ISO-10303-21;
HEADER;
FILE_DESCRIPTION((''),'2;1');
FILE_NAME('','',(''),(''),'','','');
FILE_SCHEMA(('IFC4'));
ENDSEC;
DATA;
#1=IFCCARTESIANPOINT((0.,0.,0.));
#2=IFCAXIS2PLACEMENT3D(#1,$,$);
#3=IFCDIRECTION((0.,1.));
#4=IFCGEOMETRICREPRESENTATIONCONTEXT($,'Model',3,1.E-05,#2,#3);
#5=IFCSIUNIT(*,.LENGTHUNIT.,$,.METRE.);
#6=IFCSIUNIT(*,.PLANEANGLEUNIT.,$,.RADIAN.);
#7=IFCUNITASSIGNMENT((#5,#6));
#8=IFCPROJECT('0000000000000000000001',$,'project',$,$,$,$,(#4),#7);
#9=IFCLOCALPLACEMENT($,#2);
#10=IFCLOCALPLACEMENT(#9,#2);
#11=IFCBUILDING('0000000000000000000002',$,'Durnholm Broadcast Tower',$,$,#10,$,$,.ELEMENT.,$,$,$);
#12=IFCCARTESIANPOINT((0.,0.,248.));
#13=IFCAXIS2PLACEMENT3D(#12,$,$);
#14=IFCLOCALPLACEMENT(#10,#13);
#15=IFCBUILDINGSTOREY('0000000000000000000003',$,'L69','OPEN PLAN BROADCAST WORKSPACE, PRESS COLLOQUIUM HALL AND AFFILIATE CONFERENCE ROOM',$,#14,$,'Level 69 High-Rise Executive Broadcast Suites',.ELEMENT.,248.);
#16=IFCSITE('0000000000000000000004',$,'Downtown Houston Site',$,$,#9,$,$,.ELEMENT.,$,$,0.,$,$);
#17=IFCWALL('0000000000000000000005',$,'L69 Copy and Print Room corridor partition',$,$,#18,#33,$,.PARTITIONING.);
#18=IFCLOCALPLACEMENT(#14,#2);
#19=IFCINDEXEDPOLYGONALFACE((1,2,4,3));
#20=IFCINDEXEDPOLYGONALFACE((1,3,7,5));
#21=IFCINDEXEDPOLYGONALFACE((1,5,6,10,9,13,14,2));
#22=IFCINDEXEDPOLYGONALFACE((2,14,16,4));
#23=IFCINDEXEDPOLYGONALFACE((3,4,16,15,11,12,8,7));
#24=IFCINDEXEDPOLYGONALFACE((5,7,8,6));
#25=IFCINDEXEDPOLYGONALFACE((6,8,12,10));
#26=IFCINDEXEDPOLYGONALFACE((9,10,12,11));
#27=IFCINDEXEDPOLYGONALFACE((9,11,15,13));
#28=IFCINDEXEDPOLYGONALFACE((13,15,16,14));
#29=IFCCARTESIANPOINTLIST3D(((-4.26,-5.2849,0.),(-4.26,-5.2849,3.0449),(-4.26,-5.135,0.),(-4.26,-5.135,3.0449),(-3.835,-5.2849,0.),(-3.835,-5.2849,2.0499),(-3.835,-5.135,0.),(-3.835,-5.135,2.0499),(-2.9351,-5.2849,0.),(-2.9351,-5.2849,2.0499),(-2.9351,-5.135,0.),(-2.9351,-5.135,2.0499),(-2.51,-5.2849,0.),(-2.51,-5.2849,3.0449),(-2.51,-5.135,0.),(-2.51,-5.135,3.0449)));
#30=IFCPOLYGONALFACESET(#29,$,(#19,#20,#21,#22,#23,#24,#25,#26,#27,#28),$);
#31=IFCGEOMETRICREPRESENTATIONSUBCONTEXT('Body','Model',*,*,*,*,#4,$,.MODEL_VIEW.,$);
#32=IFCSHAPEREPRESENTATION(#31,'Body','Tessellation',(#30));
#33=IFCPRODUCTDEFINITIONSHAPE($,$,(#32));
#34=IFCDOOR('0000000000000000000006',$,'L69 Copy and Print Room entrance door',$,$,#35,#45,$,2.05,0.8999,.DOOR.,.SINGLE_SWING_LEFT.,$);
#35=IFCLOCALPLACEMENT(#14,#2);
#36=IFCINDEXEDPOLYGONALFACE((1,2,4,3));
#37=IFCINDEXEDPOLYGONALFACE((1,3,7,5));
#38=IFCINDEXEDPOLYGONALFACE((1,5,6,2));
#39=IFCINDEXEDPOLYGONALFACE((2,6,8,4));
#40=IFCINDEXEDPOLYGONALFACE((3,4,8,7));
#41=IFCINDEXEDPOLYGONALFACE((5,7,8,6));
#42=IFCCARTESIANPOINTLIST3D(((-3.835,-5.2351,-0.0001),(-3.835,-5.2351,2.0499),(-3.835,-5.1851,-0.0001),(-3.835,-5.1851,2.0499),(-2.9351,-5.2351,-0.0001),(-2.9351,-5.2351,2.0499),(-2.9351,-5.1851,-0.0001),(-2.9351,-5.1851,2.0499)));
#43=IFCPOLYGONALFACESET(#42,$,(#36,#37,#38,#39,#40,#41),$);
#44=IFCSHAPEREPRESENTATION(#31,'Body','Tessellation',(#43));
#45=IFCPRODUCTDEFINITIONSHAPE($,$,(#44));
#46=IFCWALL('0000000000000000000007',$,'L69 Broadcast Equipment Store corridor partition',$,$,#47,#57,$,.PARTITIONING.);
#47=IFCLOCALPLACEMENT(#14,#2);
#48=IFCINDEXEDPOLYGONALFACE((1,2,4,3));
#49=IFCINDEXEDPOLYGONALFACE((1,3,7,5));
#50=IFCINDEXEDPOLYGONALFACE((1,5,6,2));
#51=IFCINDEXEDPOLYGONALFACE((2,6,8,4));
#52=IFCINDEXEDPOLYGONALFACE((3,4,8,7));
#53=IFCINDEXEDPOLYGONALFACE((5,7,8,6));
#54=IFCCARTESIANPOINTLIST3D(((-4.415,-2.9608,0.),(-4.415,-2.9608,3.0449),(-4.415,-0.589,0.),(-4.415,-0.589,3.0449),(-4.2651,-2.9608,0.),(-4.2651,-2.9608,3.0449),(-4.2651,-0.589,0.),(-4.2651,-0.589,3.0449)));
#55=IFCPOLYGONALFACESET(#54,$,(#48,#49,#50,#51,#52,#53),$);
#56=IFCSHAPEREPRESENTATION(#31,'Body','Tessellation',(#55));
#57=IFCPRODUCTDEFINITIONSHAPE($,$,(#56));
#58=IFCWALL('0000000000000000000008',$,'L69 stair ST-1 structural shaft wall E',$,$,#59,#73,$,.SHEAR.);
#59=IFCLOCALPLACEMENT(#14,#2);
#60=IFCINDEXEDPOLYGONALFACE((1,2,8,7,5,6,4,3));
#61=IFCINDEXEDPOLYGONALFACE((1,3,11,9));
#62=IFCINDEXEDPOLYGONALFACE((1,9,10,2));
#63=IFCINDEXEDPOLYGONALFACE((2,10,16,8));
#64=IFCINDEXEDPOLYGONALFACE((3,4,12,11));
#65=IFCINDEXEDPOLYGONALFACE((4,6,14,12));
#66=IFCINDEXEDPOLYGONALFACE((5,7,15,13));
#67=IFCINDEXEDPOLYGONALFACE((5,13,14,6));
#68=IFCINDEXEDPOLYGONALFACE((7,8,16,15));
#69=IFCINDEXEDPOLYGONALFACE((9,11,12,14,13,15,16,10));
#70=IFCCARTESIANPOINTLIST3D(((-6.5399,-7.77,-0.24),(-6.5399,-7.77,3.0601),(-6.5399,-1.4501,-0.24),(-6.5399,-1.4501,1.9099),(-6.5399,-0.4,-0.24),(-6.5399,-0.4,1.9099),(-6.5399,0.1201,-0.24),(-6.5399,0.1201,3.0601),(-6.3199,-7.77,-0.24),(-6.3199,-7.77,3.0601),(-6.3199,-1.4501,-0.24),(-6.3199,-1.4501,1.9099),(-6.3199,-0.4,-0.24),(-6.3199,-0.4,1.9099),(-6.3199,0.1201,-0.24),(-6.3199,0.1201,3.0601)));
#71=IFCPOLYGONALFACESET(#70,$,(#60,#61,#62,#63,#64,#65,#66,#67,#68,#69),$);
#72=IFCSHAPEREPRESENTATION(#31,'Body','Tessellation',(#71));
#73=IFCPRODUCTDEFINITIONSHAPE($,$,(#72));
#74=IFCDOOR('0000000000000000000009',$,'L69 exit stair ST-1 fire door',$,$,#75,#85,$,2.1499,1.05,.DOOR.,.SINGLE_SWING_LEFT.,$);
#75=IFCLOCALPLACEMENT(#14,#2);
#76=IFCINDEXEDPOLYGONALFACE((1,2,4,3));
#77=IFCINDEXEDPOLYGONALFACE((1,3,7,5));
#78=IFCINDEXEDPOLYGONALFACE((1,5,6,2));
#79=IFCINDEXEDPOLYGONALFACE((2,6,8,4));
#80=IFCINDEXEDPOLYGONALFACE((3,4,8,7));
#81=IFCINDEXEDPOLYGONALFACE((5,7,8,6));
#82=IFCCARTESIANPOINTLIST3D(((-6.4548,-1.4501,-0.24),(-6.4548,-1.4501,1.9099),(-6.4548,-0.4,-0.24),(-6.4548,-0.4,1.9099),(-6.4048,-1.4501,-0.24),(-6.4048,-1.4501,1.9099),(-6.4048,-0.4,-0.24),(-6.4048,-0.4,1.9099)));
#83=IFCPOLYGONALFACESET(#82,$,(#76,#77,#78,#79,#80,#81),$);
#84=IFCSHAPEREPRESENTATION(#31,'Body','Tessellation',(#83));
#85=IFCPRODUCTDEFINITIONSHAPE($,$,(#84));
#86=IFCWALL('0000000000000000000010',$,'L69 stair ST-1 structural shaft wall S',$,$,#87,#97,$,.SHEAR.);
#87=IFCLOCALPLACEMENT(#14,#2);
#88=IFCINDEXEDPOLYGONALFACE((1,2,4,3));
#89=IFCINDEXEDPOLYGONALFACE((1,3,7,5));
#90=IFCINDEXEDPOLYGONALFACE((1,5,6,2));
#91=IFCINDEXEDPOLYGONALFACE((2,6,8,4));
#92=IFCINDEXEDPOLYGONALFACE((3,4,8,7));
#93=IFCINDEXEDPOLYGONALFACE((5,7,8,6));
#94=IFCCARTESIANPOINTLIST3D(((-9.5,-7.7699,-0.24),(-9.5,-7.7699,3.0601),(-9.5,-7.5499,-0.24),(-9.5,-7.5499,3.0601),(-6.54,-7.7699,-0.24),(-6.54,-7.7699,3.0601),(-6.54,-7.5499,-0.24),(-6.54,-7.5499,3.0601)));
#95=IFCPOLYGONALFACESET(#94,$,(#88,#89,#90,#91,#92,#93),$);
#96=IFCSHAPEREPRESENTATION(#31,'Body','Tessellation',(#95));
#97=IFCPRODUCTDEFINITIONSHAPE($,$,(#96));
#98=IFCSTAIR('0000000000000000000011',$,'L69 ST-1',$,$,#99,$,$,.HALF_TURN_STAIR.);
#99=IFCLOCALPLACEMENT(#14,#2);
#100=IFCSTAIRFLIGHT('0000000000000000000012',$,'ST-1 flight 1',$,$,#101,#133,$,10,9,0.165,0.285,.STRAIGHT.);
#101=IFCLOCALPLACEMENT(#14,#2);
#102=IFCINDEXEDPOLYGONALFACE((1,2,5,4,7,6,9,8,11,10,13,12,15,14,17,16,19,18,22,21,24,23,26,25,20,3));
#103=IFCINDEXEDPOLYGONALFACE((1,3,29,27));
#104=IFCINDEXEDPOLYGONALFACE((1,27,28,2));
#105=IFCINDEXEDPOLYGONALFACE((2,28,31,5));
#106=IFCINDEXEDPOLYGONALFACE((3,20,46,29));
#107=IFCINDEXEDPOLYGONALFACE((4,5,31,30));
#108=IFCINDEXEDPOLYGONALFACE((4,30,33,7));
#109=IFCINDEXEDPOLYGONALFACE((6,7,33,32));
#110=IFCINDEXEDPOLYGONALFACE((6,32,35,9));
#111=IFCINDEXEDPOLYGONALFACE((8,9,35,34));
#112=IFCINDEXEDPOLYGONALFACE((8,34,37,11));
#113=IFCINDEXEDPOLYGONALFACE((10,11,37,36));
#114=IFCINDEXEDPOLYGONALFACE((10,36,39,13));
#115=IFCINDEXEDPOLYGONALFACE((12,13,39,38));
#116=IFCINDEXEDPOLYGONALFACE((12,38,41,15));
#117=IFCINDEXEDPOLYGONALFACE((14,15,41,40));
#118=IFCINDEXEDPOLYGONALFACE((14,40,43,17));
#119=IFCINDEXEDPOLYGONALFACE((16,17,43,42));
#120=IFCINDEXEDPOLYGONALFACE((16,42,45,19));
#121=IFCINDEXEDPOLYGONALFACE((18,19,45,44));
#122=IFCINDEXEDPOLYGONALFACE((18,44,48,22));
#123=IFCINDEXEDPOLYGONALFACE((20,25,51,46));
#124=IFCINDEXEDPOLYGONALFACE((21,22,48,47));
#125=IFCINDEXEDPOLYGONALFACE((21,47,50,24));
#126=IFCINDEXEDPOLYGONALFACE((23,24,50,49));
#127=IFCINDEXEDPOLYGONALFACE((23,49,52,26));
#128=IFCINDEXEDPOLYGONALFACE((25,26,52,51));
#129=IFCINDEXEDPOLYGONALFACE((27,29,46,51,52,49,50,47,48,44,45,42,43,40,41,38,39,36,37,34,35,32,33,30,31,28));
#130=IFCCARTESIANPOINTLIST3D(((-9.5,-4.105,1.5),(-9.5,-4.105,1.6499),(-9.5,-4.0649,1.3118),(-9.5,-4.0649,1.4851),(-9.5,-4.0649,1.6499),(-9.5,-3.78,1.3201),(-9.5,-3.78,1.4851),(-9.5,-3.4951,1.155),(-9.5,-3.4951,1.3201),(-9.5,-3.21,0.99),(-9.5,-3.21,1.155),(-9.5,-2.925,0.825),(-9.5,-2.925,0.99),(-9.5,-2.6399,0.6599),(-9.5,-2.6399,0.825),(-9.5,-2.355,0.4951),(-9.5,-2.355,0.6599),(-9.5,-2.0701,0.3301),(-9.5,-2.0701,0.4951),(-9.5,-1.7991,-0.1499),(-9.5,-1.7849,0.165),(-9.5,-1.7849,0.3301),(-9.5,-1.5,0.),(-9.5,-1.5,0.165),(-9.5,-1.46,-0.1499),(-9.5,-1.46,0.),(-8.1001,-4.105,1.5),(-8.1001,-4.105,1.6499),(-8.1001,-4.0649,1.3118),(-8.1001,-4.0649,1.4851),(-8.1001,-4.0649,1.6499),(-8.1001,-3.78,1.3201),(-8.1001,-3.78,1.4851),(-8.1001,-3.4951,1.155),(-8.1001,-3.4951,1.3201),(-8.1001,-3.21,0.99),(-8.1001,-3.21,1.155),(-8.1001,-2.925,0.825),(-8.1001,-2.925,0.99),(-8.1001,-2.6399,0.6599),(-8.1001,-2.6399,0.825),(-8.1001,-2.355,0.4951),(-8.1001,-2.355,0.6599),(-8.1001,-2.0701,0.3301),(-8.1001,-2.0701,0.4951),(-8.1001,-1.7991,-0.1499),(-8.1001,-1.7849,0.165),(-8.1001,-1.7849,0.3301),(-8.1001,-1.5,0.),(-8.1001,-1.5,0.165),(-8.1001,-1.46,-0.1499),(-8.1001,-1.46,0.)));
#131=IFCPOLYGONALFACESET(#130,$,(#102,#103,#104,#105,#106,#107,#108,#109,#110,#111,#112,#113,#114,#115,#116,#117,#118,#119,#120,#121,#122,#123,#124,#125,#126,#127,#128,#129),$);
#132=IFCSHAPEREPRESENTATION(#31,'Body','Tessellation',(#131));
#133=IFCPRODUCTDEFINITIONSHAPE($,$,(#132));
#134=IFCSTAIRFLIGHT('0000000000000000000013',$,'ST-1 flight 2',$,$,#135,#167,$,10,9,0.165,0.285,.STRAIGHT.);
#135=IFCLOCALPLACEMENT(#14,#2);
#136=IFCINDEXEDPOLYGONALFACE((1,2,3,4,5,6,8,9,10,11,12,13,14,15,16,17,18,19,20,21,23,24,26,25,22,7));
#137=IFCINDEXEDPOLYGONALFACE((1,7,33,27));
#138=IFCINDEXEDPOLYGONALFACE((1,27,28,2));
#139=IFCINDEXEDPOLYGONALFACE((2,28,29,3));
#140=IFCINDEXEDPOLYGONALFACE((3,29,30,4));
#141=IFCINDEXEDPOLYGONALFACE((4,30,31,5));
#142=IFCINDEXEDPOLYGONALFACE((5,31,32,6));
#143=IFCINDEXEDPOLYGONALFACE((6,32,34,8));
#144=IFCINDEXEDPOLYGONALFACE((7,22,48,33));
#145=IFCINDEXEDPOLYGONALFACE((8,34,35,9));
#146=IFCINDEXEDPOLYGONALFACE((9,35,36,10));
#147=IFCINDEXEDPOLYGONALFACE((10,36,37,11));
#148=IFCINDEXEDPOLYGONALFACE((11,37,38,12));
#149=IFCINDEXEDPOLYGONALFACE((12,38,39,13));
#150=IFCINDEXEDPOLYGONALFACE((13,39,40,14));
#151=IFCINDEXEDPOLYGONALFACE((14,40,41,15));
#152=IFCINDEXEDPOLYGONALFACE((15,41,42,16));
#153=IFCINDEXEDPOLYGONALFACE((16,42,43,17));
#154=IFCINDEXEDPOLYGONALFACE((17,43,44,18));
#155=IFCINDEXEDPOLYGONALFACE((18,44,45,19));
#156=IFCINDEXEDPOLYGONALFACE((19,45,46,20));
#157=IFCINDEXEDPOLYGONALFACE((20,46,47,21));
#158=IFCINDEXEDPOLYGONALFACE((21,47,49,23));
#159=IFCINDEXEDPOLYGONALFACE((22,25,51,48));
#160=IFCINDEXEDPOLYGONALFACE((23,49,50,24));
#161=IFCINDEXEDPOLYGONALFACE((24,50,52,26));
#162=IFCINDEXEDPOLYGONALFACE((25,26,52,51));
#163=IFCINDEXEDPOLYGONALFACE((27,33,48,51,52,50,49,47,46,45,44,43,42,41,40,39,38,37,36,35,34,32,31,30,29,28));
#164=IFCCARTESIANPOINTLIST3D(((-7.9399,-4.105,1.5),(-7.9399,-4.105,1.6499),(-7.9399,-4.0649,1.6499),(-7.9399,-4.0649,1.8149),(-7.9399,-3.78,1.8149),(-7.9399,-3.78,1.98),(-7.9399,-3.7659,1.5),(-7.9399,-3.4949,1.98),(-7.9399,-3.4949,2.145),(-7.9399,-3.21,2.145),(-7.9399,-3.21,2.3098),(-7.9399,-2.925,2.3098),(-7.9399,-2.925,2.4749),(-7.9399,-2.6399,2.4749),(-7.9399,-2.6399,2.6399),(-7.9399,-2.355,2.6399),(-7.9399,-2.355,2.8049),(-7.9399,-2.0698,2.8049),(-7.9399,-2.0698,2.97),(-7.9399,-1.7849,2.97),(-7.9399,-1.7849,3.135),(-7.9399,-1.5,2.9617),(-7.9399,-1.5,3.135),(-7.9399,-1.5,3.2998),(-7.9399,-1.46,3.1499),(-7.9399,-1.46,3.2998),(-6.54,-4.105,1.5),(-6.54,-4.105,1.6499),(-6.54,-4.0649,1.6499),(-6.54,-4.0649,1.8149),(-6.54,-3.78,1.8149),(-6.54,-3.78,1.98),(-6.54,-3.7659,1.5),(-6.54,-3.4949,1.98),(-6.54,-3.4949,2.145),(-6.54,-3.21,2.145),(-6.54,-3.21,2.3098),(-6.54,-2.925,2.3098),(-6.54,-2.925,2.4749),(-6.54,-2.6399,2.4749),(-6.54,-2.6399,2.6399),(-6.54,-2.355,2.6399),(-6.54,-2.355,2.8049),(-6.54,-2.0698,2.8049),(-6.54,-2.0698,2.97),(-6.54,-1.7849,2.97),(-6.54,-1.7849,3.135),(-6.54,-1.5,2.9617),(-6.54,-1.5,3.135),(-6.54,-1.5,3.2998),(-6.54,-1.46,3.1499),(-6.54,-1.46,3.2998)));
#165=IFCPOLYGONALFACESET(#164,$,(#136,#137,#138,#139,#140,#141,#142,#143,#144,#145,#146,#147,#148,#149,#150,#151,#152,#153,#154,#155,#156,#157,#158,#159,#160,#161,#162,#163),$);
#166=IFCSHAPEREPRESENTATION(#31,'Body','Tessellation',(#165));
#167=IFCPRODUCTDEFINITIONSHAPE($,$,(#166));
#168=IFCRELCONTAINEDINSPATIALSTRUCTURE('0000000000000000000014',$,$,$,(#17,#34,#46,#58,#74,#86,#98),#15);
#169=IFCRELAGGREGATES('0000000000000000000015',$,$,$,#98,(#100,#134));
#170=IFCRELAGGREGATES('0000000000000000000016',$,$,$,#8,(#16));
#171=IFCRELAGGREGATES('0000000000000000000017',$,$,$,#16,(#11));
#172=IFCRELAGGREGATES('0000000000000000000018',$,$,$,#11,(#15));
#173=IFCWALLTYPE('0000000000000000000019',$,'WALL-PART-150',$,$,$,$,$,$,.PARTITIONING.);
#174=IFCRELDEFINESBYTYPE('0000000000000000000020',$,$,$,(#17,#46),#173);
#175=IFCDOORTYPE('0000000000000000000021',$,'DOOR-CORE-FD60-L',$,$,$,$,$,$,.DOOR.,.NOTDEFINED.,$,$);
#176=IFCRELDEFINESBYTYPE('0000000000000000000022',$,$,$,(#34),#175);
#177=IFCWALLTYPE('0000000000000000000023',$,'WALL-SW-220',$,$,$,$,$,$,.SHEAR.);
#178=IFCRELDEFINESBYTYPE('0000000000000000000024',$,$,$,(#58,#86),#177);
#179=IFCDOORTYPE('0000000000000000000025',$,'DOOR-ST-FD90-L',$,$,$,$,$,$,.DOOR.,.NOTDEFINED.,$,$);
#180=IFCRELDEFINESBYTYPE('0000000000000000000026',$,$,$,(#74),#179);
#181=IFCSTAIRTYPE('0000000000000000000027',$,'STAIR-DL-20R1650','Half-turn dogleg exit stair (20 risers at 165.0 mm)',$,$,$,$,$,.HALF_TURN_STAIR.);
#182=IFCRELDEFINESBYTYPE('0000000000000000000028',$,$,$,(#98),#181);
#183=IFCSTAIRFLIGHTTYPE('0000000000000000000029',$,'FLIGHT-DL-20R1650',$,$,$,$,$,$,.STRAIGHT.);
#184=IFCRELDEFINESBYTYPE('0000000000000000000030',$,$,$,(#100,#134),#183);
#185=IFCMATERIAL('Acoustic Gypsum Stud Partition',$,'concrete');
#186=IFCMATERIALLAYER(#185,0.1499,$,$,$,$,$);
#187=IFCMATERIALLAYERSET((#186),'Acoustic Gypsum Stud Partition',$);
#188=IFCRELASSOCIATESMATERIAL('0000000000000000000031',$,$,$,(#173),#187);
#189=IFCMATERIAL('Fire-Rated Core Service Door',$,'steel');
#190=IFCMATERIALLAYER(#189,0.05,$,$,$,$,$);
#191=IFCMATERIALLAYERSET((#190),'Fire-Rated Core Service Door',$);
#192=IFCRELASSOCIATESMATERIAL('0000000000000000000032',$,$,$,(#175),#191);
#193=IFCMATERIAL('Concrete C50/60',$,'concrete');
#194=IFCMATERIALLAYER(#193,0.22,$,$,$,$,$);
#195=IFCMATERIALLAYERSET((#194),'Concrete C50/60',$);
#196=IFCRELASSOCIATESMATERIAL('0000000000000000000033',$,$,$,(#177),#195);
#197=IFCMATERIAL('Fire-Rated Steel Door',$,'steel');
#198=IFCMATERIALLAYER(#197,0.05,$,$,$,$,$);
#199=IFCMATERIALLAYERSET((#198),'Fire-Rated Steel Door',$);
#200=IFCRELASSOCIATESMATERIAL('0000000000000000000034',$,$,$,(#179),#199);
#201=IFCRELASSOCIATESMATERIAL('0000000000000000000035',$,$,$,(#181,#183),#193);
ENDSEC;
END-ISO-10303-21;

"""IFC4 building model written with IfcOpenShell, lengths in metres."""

from ifc_helpers import new_model, si_unit, direction, frame, frame_2d, origin, place, context, subcontext, project, spatial, polyline, rectangle, outline, extrude, source, transform, mapped, material, layer, layer_set, type_object, type_shapes, element, fill, aggregate, save


model = new_model("IFC4")

# Units and contexts
model_context = context("Model", 3, precision=1e-05, world=origin(), true_north=direction((0.0, 1.0)))
body_context = subcontext(model_context, "Body", "Model", "MODEL_VIEW")
ifc_project = project(units=[si_unit("LENGTHUNIT", "METRE"), si_unit("PLANEANGLEUNIT", "RADIAN")], contexts=[model_context])

# Site, building, storey
site_placement = place(None, origin())
site = spatial("IfcSite", under=ifc_project, at=site_placement, Name="Downtown Houston Site", CompositionType="ELEMENT", RefElevation=0.0)
building_placement = place(site_placement, origin())
building = spatial("IfcBuilding", under=site, at=building_placement, Name="Durnholm Broadcast Tower", CompositionType="ELEMENT")
storey_placement = place(building_placement, frame((0.0, 0.0, 248.0)))
storey = spatial("IfcBuildingStorey", under=building, at=storey_placement, Name="L69", Description="OPEN PLAN BROADCAST WORKSPACE, PRESS COLLOQUIUM HALL AND AFFILIATE CONFERENCE ROOM", LongName="Level 69 High-Rise Executive Broadcast Suites", CompositionType="ELEMENT", Elevation=248.0)

# Wall, opening, door
ifc_material_1 = material(Name="Fire-Rated Core Service Door", Category="steel")
ifc_material_2 = material(Name="Acoustic Gypsum Stud Partition", Category="concrete")
ifc_layer_1 = layer(ifc_material_2, 0.1499)
ifc_layer_set_1 = layer_set([ifc_layer_1], Name="Acoustic Gypsum Stud Partition")
wall_type_1 = type_object("IfcWallType", Name="WALL-PART-150", PredefinedType="PARTITIONING", material=ifc_layer_set_1)
wall_1_placement = place(storey_placement, frame((-4.26, -5.21, 0.0), z_axis=(0.0, 0.0, 1.0), x_axis=(1.0, 0.0, 0.0)))
wall_1 = element("IfcWall", 1, at=wall_1_placement, inside=storey, type_object=wall_type_1, Name="L69 Copy and Print Room corridor partition", PredefinedType="PARTITIONING", context=body_context, shape_type="SweptSolid", body=[
    extrude(rectangle(XDim=1.75, YDim=0.1499, at=frame_2d((0.875, 0.0))), origin(), (0.0, 0.0, 1.0), 3.0449),
])
opening_1_placement = place(wall_1_placement, frame((0.425, 0.0, 0.0)))
opening_1 = element("IfcOpeningElement", 2, at=opening_1_placement, cuts=wall_1, PredefinedType="OPENING", context=body_context, shape_type="SweptSolid", body=[
    extrude(rectangle(XDim=0.8999, YDim=2.05, at=frame_2d((0.45, 1.0249))), frame((0.0, 0.085, 0.0), z_axis=(0.0, -1.0, 0.0), x_axis=(1.0, 0.0, 0.0)), (0.0, 0.0, 1.0), 0.1699),
])
ifc_layer_2 = layer(ifc_material_1, 0.05)
ifc_layer_set_2 = layer_set([ifc_layer_2], Name="Fire-Rated Core Service Door")
door_type_1 = type_object("IfcDoorType", Name="DOOR-CORE-FD60-L", OperationType="NOTDEFINED", PredefinedType="DOOR", material=ifc_layer_set_2)
shared_shape_1 = source(origin(), body_context, "Body", "SweptSolid", [
    extrude(rectangle(XDim=0.8999, YDim=2.05, at=frame_2d((0.45, 1.0249))), frame((0.0, 0.0249, 0.0), z_axis=(0.0, -1.0, 0.0), x_axis=(1.0, 0.0, 0.0)), (0.0, 0.0, 1.0), 0.05),
])
type_shapes(door_type_1, [shared_shape_1])
door_1_placement = place(opening_1_placement, origin())
door_1 = element("IfcDoor", 3, at=door_1_placement, inside=storey, type_object=door_type_1, Name="L69 Copy and Print Room entrance door", OperationType="SINGLE_SWING_LEFT", OverallHeight=2.05, OverallWidth=0.8999, PredefinedType="DOOR", context=body_context, shape_type="MappedRepresentation", body=[
    mapped(shared_shape_1, transform((0.0, 0.0, 0.0), x_axis=(1.0, 0.0, 0.0), y_axis=(0.0, 1.0, 0.0), z_axis=(0.0, 0.0, 1.0), scale=1.0)),
])
fill(opening_1, door_1)

# Wall
wall_2_placement = place(storey_placement, frame((-4.3401, -2.9609, 0.0), z_axis=(0.0, 0.0, 1.0), x_axis=(0.0, 1.0, 0.0)))
element("IfcWall", 4, at=wall_2_placement, inside=storey, type_object=wall_type_1, Name="L69 Broadcast Equipment Store corridor partition", PredefinedType="PARTITIONING", context=body_context, shape_type="SweptSolid", body=[
    extrude(rectangle(XDim=2.3718, YDim=0.1499, at=frame_2d((1.186, 0.0))), origin(), (0.0, 0.0, 1.0), 3.0449),
])

# Wall, opening, door
ifc_material_3 = material(Name="Concrete C50/60", Category="concrete")
ifc_layer_3 = layer(ifc_material_3, 0.22)
ifc_layer_set_3 = layer_set([ifc_layer_3], Name="Concrete C50/60")
wall_type_2 = type_object("IfcWallType", Name="WALL-SW-220", PredefinedType="SHEAR", material=ifc_layer_set_3)
wall_3_placement = place(storey_placement, frame((-6.4299, -7.77, -0.24), z_axis=(0.0, 0.0, 1.0), x_axis=(0.0, 1.0, 0.0)))
wall_3 = element("IfcWall", 5, at=wall_3_placement, inside=storey, type_object=wall_type_2, Name="L69 stair ST-1 structural shaft wall E", PredefinedType="SHEAR", context=body_context, shape_type="SweptSolid", body=[
    extrude(rectangle(XDim=7.8901, YDim=0.22, at=frame_2d((3.9451, 0.0))), origin(), (0.0, 0.0, 1.0), 3.3),
])
opening_2_placement = place(wall_3_placement, frame((6.3201, 0.0, 0.0)))
opening_2 = element("IfcOpeningElement", 6, at=opening_2_placement, cuts=wall_3, PredefinedType="OPENING", context=body_context, shape_type="SweptSolid", body=[
    extrude(rectangle(XDim=1.05, YDim=2.1499, at=frame_2d((0.5249, 1.075))), frame((0.0, 0.1201, 0.0), z_axis=(0.0, -1.0, 0.0), x_axis=(1.0, 0.0, 0.0)), (0.0, 0.0, 1.0), 0.24),
])
ifc_material_4 = material(Name="Fire-Rated Steel Door", Category="steel")
ifc_layer_4 = layer(ifc_material_4, 0.05)
ifc_layer_set_4 = layer_set([ifc_layer_4], Name="Fire-Rated Steel Door")
door_type_2 = type_object("IfcDoorType", Name="DOOR-ST-FD90-L", OperationType="NOTDEFINED", PredefinedType="DOOR", material=ifc_layer_set_4)
shared_shape_2 = source(origin(), body_context, "Body", "SweptSolid", [
    extrude(rectangle(XDim=1.05, YDim=2.1499, at=frame_2d((0.5249, 1.075))), frame((0.0, 0.0249, 0.0), z_axis=(0.0, -1.0, 0.0), x_axis=(1.0, 0.0, 0.0)), (0.0, 0.0, 1.0), 0.05),
])
type_shapes(door_type_2, [shared_shape_2])
door_2_placement = place(opening_2_placement, origin())
door_2 = element("IfcDoor", 7, at=door_2_placement, inside=storey, type_object=door_type_2, Name="L69 exit stair ST-1 fire door", OperationType="SINGLE_SWING_LEFT", OverallHeight=2.1499, OverallWidth=1.05, PredefinedType="DOOR", context=body_context, shape_type="MappedRepresentation", body=[
    mapped(shared_shape_2, transform((0.0, 0.0, 0.0), x_axis=(1.0, 0.0, 0.0), y_axis=(0.0, 1.0, 0.0), z_axis=(0.0, 0.0, 1.0), scale=1.0)),
])
fill(opening_2, door_2)

# Wall
wall_4_placement = place(storey_placement, frame((-9.5, -7.6599, -0.24), z_axis=(0.0, 0.0, 1.0), x_axis=(1.0, 0.0, 0.0)))
element("IfcWall", 8, at=wall_4_placement, inside=storey, type_object=wall_type_2, Name="L69 stair ST-1 structural shaft wall S", PredefinedType="SHEAR", context=body_context, shape_type="SweptSolid", body=[
    extrude(rectangle(XDim=2.96, YDim=0.22, at=frame_2d((1.48, 0.0))), origin(), (0.0, 0.0, 1.0), 3.3),
])

# Stair, stair flights
stair_type = type_object("IfcStairType", Name="STAIR-DL-20R1650", Description="Half-turn dogleg exit stair (20 risers at 165.0 mm)", PredefinedType="HALF_TURN_STAIR", material=ifc_material_3)
stair_placement = place(storey_placement, origin())
stair = element("IfcStair", 9, at=stair_placement, inside=storey, type_object=stair_type, Name="L69 ST-1", PredefinedType="HALF_TURN_STAIR")
stair_flight_type = type_object("IfcStairFlightType", Name="FLIGHT-DL-20R1650", PredefinedType="STRAIGHT", material=ifc_material_3)
stair_flight_1_placement = place(storey_placement, frame((-8.8, -1.5, 0.0), z_axis=(0.0, 0.0, 1.0), x_axis=(0.0, -1.0, 0.0)))
stair_flight_1 = element("IfcStairFlight", 10, at=stair_flight_1_placement, type_object=stair_flight_type, Name="ST-1 flight 1", NumberOfRisers=10, NumberOfTreads=9, PredefinedType="STRAIGHT", RiserHeight=0.165, TreadLength=0.285, context=body_context, shape_type="SweptSolid", body=[
    extrude(outline(polyline([(-0.04, -0.1499), (-0.04, 0.0), (0.0, 0.0), (0.0, 0.165), (0.2849, 0.165), (0.2849, 0.3301), (0.5701, 0.3301), (0.5701, 0.4951), (0.855, 0.4951), (0.855, 0.6599), (1.1399, 0.6599), (1.1399, 0.825), (1.425, 0.825), (1.425, 0.99), (1.71, 0.99), (1.71, 1.155), (1.9951, 1.155), (1.9951, 1.3201), (2.28, 1.3201), (2.28, 1.4851), (2.5649, 1.4851), (2.5649, 1.6499), (2.605, 1.6499), (2.605, 1.5), (2.5649, 1.3118), (0.2991, -0.1499), (-0.04, -0.1499)])), frame((0.0, 0.7, 0.0), z_axis=(0.0, -1.0, 0.0), x_axis=(1.0, 0.0, 0.0)), (0.0, 0.0, 1.0), 1.3999),
])
stair_flight_2_placement = place(storey_placement, frame((-7.24, -4.0649, 1.6499), z_axis=(0.0, 0.0, 1.0), x_axis=(0.0, 1.0, 0.0)))
stair_flight_2 = element("IfcStairFlight", 11, at=stair_flight_2_placement, type_object=stair_flight_type, Name="ST-1 flight 2", NumberOfRisers=10, NumberOfTreads=9, PredefinedType="STRAIGHT", RiserHeight=0.165, TreadLength=0.285, context=body_context, shape_type="SweptSolid", body=[
    extrude(outline(polyline([(-0.04, -0.1499), (-0.04, 0.0), (0.0, 0.0), (0.0, 0.165), (0.2849, 0.165), (0.2849, 0.3301), (0.5701, 0.3301), (0.5701, 0.4951), (0.855, 0.4951), (0.855, 0.6599), (1.1399, 0.6599), (1.1399, 0.825), (1.425, 0.825), (1.425, 0.99), (1.71, 0.99), (1.71, 1.155), (1.9951, 1.155), (1.9951, 1.3201), (2.28, 1.3201), (2.28, 1.4851), (2.5649, 1.4851), (2.5649, 1.6499), (2.605, 1.6499), (2.605, 1.5), (2.5649, 1.3118), (0.2991, -0.1499), (-0.04, -0.1499)])), frame((0.0, 0.7, 0.0), z_axis=(0.0, -1.0, 0.0), x_axis=(1.0, 0.0, 0.0)), (0.0, 0.0, 1.0), 1.3999),
])
aggregate(stair, [stair_flight_1, stair_flight_2])

save(model, "model.ifc")
